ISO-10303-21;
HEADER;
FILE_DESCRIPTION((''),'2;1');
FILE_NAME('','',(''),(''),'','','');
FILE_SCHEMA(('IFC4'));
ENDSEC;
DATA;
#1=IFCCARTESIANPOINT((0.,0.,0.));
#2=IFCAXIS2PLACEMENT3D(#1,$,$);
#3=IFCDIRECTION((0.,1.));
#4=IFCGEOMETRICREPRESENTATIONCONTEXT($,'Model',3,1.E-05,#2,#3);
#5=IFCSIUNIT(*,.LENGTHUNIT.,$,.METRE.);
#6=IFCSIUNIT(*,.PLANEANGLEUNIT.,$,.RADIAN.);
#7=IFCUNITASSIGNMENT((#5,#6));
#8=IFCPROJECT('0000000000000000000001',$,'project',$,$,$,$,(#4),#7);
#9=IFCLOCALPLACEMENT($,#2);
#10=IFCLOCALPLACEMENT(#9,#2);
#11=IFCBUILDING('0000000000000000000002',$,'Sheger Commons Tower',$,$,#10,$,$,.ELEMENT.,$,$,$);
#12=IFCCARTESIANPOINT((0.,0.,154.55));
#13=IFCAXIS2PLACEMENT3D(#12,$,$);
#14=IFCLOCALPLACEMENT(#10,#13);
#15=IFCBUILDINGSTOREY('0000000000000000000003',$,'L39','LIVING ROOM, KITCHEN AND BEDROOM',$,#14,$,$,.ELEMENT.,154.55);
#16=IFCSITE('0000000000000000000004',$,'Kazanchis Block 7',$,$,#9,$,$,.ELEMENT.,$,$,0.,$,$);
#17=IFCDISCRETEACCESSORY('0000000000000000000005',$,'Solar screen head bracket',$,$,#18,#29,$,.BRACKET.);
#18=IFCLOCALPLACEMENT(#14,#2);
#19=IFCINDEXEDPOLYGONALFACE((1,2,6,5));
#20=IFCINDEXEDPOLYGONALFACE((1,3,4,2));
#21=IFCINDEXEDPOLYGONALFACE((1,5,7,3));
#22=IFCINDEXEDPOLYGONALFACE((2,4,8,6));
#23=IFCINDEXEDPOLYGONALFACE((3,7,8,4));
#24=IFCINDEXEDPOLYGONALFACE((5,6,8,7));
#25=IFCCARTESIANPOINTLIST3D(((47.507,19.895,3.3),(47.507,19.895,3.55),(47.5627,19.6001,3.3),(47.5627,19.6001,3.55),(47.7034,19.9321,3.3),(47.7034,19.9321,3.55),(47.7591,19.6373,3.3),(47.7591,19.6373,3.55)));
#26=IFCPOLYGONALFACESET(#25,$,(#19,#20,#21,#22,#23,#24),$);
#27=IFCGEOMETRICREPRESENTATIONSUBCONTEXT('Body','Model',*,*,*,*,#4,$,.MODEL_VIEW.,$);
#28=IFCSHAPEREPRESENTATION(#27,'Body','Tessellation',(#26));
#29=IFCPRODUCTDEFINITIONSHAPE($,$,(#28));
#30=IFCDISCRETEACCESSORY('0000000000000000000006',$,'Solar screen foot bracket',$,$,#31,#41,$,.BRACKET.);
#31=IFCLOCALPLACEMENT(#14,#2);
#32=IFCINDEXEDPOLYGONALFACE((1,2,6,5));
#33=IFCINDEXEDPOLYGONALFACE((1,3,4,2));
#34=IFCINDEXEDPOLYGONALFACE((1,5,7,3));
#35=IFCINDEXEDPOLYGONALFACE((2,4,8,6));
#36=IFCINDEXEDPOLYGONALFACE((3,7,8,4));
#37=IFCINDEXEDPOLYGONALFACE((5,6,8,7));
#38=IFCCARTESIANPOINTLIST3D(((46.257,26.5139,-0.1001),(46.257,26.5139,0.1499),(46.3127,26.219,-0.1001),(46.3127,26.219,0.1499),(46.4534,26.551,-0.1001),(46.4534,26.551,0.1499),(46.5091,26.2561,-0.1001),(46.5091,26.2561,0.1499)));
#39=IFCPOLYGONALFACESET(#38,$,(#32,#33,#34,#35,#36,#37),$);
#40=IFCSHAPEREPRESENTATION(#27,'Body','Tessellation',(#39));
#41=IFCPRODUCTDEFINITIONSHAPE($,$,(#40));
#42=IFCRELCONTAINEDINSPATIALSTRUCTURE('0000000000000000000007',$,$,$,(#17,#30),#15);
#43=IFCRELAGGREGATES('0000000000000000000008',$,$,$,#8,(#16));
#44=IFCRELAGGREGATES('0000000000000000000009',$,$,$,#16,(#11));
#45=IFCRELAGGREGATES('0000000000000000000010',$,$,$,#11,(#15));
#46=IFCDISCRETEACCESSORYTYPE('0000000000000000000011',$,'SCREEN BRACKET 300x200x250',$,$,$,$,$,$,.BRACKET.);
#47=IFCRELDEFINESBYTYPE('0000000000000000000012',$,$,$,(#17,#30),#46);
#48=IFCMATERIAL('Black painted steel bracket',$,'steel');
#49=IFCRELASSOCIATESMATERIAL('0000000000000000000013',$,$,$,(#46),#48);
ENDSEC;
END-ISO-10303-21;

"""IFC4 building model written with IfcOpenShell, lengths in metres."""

from ifc_helpers import new_model, si_unit, direction, frame, origin, origin_2d, place, context, subcontext, project, spatial, rectangle, extrude, material, type_object, element, save


model = new_model("IFC4")

# Units and contexts
model_context = context("Model", 3, precision=1e-05, world=origin(), true_north=direction((0.0, 1.0)))
body_context = subcontext(model_context, "Body", "Model", "MODEL_VIEW")
ifc_project = project(units=[si_unit("LENGTHUNIT", "METRE"), si_unit("PLANEANGLEUNIT", "RADIAN")], contexts=[model_context])

# Site, building, storey
site_placement = place(None, origin())
site = spatial("IfcSite", under=ifc_project, at=site_placement, Name="Kazanchis Block 7", CompositionType="ELEMENT", RefElevation=0.0)
building_placement = place(site_placement, origin())
building = spatial("IfcBuilding", under=site, at=building_placement, Name="Sheger Commons Tower", CompositionType="ELEMENT")
storey_placement = place(building_placement, frame((0.0, 0.0, 154.55)))
storey = spatial("IfcBuildingStorey", under=building, at=storey_placement, Name="L39", Description="LIVING ROOM, KITCHEN AND BEDROOM", CompositionType="ELEMENT", Elevation=154.55)

# Discrete accessories
ifc_material_1 = material(Name="Black painted steel bracket", Category="steel")
discrete_accessory_type = type_object("IfcDiscreteAccessoryType", Name="SCREEN BRACKET 300x200x250", PredefinedType="BRACKET", material=ifc_material_1)
for number, where, z_axis, x_axis, name in (
    (1, (47.6331, 19.7661, 3.3), (0.0, 0.0, 1.0), (-0.185615, 0.982623, 0.0), "Solar screen head bracket"),
    (2, (46.3831, 26.385, -0.1001), (0.0, 0.0, 1.0), (-0.185615, 0.982623, 0.0), "Solar screen foot bracket"),
):
    element("IfcDiscreteAccessory", number, at=place(storey_placement, frame(where, z_axis=z_axis, x_axis=x_axis)), inside=storey, type_object=discrete_accessory_type, Name=name, PredefinedType="BRACKET", context=body_context, shape_type="SweptSolid", body=[
        extrude(rectangle(XDim=0.3, YDim=0.2, at=origin_2d()), origin(), (0.0, 0.0, 1.0), 0.25),
    ])

save(model, "model.ifc")
